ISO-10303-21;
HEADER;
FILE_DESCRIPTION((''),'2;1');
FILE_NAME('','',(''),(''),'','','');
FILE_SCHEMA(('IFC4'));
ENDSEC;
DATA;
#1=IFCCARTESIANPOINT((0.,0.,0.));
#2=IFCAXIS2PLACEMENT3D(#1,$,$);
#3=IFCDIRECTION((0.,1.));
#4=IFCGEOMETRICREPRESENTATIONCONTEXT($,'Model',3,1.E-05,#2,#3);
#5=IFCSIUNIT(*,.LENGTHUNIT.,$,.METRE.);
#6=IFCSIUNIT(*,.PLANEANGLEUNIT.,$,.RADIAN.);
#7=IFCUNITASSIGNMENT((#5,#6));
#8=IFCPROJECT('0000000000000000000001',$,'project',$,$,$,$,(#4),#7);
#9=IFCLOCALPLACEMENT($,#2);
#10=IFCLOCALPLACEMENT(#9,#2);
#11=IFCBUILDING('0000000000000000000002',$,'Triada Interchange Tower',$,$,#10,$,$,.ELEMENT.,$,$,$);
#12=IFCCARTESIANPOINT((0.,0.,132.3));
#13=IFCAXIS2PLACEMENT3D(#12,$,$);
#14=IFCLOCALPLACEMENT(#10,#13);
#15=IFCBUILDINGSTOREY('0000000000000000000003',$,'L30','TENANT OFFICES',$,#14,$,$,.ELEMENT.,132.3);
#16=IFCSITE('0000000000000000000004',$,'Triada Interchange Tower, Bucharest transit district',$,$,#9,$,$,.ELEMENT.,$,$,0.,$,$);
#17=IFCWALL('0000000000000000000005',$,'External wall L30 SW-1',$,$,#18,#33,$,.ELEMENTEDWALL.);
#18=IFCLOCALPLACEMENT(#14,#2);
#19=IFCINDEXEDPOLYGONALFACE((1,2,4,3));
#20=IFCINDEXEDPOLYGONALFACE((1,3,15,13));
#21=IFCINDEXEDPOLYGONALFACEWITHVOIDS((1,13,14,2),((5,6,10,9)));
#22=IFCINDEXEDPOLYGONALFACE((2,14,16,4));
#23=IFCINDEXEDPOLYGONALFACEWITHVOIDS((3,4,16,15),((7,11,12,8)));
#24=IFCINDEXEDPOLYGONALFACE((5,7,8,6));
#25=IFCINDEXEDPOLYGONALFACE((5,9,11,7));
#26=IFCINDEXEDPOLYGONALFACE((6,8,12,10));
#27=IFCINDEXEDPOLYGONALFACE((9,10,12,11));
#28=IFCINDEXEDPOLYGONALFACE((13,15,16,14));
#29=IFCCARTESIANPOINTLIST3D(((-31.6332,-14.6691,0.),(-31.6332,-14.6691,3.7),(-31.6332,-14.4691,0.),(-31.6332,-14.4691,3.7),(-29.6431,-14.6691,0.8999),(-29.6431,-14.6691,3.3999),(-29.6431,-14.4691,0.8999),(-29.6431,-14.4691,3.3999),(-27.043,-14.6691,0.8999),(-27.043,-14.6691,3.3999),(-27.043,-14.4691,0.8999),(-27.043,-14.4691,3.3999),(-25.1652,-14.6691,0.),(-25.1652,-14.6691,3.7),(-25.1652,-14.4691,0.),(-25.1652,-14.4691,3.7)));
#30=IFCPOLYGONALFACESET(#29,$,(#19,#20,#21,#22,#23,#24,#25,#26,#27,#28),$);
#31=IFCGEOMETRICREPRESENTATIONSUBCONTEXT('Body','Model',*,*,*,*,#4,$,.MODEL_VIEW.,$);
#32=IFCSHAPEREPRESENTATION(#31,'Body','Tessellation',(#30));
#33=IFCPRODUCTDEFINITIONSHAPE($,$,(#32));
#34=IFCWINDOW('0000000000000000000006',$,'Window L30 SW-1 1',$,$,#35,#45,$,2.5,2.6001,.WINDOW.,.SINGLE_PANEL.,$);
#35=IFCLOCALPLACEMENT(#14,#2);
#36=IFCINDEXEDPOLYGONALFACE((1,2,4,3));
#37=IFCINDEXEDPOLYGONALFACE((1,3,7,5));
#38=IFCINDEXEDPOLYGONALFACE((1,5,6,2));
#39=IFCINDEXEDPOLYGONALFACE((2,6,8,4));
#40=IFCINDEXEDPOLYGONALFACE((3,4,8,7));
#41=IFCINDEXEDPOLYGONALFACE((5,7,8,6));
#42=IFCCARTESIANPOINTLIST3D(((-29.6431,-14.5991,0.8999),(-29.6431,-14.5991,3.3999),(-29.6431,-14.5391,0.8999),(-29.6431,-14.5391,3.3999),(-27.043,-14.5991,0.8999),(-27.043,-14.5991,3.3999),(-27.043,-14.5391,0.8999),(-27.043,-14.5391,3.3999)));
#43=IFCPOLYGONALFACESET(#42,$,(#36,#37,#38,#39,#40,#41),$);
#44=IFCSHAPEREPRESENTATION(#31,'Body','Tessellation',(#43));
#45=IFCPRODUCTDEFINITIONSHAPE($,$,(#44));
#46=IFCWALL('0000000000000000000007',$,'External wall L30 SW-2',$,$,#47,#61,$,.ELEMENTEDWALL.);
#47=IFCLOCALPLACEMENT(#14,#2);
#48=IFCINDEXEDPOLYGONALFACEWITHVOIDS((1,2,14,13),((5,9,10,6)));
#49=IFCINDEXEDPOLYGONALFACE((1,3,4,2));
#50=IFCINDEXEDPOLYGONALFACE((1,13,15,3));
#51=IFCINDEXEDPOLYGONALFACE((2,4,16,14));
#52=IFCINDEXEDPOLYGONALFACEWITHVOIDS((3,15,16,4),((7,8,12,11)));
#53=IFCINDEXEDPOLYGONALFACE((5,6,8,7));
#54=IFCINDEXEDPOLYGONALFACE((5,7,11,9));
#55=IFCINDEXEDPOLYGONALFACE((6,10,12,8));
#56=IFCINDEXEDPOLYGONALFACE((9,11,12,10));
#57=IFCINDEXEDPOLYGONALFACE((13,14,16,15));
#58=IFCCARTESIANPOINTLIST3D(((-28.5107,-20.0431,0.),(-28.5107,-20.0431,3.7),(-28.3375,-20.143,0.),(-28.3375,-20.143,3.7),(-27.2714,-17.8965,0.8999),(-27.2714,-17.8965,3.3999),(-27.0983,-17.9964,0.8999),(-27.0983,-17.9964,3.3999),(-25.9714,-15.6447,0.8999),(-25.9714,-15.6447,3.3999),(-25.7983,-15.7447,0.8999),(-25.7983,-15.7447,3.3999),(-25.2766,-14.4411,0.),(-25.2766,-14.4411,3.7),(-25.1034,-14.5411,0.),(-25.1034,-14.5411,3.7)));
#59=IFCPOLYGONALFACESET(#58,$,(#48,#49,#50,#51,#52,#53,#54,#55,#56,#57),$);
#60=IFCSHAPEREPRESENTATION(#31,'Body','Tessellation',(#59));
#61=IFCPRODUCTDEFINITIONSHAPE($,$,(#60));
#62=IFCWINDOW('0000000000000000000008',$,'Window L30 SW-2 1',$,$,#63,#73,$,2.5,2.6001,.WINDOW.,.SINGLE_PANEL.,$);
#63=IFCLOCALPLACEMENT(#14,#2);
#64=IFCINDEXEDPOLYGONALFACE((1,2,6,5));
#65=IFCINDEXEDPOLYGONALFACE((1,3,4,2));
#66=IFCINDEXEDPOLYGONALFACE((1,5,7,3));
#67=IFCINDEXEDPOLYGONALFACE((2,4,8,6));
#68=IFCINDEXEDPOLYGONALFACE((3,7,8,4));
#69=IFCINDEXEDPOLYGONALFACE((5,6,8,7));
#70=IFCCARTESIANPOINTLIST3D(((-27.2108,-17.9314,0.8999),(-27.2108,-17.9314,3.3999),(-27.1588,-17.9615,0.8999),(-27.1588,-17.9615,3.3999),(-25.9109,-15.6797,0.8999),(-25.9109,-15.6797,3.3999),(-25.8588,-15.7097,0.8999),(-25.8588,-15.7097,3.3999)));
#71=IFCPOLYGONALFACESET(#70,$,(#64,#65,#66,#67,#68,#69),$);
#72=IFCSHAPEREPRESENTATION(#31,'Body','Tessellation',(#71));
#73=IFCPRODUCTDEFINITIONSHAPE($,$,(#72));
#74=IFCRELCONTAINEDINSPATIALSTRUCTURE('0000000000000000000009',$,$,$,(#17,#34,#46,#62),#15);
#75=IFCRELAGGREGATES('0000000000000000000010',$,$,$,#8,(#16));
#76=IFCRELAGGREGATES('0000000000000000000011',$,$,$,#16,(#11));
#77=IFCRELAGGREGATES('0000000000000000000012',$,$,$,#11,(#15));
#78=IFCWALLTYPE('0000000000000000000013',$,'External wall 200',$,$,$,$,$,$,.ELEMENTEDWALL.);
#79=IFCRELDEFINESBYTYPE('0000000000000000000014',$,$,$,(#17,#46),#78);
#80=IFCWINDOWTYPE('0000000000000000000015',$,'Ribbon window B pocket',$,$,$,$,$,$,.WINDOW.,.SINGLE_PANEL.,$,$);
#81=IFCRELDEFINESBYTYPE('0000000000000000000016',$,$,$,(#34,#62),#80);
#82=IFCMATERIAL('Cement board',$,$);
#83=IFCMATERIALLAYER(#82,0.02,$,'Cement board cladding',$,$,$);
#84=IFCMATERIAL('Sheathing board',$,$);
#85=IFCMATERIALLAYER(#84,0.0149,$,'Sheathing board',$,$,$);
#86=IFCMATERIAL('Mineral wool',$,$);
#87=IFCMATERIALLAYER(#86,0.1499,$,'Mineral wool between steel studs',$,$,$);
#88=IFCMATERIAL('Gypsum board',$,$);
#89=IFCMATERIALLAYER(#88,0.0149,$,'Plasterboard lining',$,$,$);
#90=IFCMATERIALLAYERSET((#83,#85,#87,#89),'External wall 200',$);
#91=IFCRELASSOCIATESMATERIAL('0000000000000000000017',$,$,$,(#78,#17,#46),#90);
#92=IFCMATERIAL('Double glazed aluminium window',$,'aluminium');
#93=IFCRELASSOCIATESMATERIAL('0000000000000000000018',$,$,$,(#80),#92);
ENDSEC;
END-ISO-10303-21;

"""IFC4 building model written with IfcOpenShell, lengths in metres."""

from ifc_helpers import new_model, si_unit, direction, frame, frame_2d, origin, place, context, subcontext, project, spatial, rectangle, extrude, material, layer, layer_set, layer_usage, type_object, element, fill, save


model = new_model("IFC4")

# Units and contexts
model_context = context("Model", 3, precision=1e-05, world=origin(), true_north=direction((0.0, 1.0)))
body_context = subcontext(model_context, "Body", "Model", "MODEL_VIEW")
ifc_project = project(units=[si_unit("LENGTHUNIT", "METRE"), si_unit("PLANEANGLEUNIT", "RADIAN")], contexts=[model_context])

# Site, building, storey
site_placement = place(None, origin())
site = spatial("IfcSite", under=ifc_project, at=site_placement, Name="Triada Interchange Tower, Bucharest transit district", CompositionType="ELEMENT", RefElevation=0.0)
building_placement = place(site_placement, origin())
building = spatial("IfcBuilding", under=site, at=building_placement, Name="Triada Interchange Tower", CompositionType="ELEMENT")
storey_placement = place(building_placement, frame((0.0, 0.0, 132.3)))
storey = spatial("IfcBuildingStorey", under=building, at=storey_placement, Name="L30", Description="TENANT OFFICES", CompositionType="ELEMENT", Elevation=132.3)

# Walls, openings, windows
ifc_material_1 = material(Name="Cement board")
ifc_layer_1 = layer(ifc_material_1, 0.02, Name="Cement board cladding")
ifc_material_2 = material(Name="Sheathing board")
ifc_layer_2 = layer(ifc_material_2, 0.0149, Name="Sheathing board")
ifc_material_3 = material(Name="Mineral wool")
ifc_layer_3 = layer(ifc_material_3, 0.1499, Name="Mineral wool between steel studs")
ifc_material_4 = material(Name="Gypsum board")
ifc_layer_4 = layer(ifc_material_4, 0.0149, Name="Plasterboard lining")
ifc_layer_set_1 = layer_set([ifc_layer_1, ifc_layer_2, ifc_layer_3, ifc_layer_4], Name="External wall 200")
ifc_layer_usage = layer_usage(ifc_layer_set_1, "AXIS2", "POSITIVE", -0.1001)
wall_type_1 = type_object("IfcWallType", Name="External wall 200", PredefinedType="ELEMENTEDWALL", material=ifc_layer_set_1)
wall_1_placement = place(storey_placement, frame((-31.6331, -14.5691, 0.0), z_axis=(0.0, 0.0, 1.0), x_axis=(1.0, 0.0, 0.0)))
wall_1 = element("IfcWall", 1, at=wall_1_placement, inside=storey, type_object=wall_type_1, material=ifc_layer_usage, Name="External wall L30 SW-1", PredefinedType="ELEMENTEDWALL", context=body_context, shape_type="SweptSolid", body=[
    extrude(rectangle(XDim=6.468, YDim=0.2, at=frame_2d((3.2339, 0.0))), origin(), (0.0, 0.0, 1.0), 3.7),
])
opening_1_placement = place(wall_1_placement, frame((1.99, 0.0, 0.8999)))
opening_1 = element("IfcOpeningElement", 2, at=opening_1_placement, cuts=wall_1, PredefinedType="OPENING", context=body_context, shape_type="SweptSolid", body=[
    extrude(rectangle(XDim=2.6001, YDim=2.5, at=frame_2d((1.3, 1.25))), frame((0.0, 0.1099, 0.0), z_axis=(0.0, -1.0, 0.0), x_axis=(1.0, 0.0, 0.0)), (0.0, 0.0, 1.0), 0.22),
])
ifc_material_5 = material(Name="Double glazed aluminium window", Category="aluminium")
window_type_1 = type_object("IfcWindowType", Name="Ribbon window B pocket", PartitioningType="SINGLE_PANEL", PredefinedType="WINDOW", material=ifc_material_5)
window_1_placement = place(opening_1_placement, origin())
window_1 = element("IfcWindow", 3, at=window_1_placement, inside=storey, type_object=window_type_1, Name="Window L30 SW-1 1", OverallHeight=2.5, OverallWidth=2.6001, PartitioningType="SINGLE_PANEL", PredefinedType="WINDOW", context=body_context, shape_type="SweptSolid", body=[
    extrude(rectangle(XDim=2.6001, YDim=2.5, at=frame_2d((1.3, 1.25))), frame((0.0, 0.03, 0.0), z_axis=(0.0, -1.0, 0.0), x_axis=(1.0, 0.0, 0.0)), (0.0, 0.0, 1.0), 0.0601),
])
fill(opening_1, window_1)
wall_2_placement = place(storey_placement, frame((-25.1899, -14.491, 0.0), z_axis=(0.0, 0.0, 1.0), x_axis=(-0.499975, -0.86604, 0.0)))
wall_2 = element("IfcWall", 4, at=wall_2_placement, inside=storey, type_object=wall_type_1, material=ifc_layer_usage, Name="External wall L30 SW-2", PredefinedType="ELEMENTEDWALL", context=body_context, shape_type="SweptSolid", body=[
    extrude(rectangle(XDim=6.4685, YDim=0.2, at=frame_2d((3.2344, 0.0))), origin(), (0.0, 0.0, 1.0), 3.7),
])
opening_2_placement = place(wall_2_placement, frame((1.3899, 0.0, 0.8999)))
opening_2 = element("IfcOpeningElement", 5, at=opening_2_placement, cuts=wall_2, PredefinedType="OPENING", context=body_context, shape_type="SweptSolid", body=[
    extrude(rectangle(XDim=2.6001, YDim=2.5, at=frame_2d((1.3, 1.25))), frame((0.0, 0.1099, 0.0), z_axis=(0.0, -1.0, 0.0), x_axis=(1.0, 0.0, 0.0)), (0.0, 0.0, 1.0), 0.22),
])
window_2_placement = place(opening_2_placement, origin())
window_2 = element("IfcWindow", 6, at=window_2_placement, inside=storey, type_object=window_type_1, Name="Window L30 SW-2 1", OverallHeight=2.5, OverallWidth=2.6001, PartitioningType="SINGLE_PANEL", PredefinedType="WINDOW", context=body_context, shape_type="SweptSolid", body=[
    extrude(rectangle(XDim=2.6001, YDim=2.5, at=frame_2d((1.3, 1.25))), frame((0.0, 0.03, 0.0), z_axis=(0.0, -1.0, 0.0), x_axis=(1.0, 0.0, 0.0)), (0.0, 0.0, 1.0), 0.0601),
])
fill(opening_2, window_2)

save(model, "model.ifc")
